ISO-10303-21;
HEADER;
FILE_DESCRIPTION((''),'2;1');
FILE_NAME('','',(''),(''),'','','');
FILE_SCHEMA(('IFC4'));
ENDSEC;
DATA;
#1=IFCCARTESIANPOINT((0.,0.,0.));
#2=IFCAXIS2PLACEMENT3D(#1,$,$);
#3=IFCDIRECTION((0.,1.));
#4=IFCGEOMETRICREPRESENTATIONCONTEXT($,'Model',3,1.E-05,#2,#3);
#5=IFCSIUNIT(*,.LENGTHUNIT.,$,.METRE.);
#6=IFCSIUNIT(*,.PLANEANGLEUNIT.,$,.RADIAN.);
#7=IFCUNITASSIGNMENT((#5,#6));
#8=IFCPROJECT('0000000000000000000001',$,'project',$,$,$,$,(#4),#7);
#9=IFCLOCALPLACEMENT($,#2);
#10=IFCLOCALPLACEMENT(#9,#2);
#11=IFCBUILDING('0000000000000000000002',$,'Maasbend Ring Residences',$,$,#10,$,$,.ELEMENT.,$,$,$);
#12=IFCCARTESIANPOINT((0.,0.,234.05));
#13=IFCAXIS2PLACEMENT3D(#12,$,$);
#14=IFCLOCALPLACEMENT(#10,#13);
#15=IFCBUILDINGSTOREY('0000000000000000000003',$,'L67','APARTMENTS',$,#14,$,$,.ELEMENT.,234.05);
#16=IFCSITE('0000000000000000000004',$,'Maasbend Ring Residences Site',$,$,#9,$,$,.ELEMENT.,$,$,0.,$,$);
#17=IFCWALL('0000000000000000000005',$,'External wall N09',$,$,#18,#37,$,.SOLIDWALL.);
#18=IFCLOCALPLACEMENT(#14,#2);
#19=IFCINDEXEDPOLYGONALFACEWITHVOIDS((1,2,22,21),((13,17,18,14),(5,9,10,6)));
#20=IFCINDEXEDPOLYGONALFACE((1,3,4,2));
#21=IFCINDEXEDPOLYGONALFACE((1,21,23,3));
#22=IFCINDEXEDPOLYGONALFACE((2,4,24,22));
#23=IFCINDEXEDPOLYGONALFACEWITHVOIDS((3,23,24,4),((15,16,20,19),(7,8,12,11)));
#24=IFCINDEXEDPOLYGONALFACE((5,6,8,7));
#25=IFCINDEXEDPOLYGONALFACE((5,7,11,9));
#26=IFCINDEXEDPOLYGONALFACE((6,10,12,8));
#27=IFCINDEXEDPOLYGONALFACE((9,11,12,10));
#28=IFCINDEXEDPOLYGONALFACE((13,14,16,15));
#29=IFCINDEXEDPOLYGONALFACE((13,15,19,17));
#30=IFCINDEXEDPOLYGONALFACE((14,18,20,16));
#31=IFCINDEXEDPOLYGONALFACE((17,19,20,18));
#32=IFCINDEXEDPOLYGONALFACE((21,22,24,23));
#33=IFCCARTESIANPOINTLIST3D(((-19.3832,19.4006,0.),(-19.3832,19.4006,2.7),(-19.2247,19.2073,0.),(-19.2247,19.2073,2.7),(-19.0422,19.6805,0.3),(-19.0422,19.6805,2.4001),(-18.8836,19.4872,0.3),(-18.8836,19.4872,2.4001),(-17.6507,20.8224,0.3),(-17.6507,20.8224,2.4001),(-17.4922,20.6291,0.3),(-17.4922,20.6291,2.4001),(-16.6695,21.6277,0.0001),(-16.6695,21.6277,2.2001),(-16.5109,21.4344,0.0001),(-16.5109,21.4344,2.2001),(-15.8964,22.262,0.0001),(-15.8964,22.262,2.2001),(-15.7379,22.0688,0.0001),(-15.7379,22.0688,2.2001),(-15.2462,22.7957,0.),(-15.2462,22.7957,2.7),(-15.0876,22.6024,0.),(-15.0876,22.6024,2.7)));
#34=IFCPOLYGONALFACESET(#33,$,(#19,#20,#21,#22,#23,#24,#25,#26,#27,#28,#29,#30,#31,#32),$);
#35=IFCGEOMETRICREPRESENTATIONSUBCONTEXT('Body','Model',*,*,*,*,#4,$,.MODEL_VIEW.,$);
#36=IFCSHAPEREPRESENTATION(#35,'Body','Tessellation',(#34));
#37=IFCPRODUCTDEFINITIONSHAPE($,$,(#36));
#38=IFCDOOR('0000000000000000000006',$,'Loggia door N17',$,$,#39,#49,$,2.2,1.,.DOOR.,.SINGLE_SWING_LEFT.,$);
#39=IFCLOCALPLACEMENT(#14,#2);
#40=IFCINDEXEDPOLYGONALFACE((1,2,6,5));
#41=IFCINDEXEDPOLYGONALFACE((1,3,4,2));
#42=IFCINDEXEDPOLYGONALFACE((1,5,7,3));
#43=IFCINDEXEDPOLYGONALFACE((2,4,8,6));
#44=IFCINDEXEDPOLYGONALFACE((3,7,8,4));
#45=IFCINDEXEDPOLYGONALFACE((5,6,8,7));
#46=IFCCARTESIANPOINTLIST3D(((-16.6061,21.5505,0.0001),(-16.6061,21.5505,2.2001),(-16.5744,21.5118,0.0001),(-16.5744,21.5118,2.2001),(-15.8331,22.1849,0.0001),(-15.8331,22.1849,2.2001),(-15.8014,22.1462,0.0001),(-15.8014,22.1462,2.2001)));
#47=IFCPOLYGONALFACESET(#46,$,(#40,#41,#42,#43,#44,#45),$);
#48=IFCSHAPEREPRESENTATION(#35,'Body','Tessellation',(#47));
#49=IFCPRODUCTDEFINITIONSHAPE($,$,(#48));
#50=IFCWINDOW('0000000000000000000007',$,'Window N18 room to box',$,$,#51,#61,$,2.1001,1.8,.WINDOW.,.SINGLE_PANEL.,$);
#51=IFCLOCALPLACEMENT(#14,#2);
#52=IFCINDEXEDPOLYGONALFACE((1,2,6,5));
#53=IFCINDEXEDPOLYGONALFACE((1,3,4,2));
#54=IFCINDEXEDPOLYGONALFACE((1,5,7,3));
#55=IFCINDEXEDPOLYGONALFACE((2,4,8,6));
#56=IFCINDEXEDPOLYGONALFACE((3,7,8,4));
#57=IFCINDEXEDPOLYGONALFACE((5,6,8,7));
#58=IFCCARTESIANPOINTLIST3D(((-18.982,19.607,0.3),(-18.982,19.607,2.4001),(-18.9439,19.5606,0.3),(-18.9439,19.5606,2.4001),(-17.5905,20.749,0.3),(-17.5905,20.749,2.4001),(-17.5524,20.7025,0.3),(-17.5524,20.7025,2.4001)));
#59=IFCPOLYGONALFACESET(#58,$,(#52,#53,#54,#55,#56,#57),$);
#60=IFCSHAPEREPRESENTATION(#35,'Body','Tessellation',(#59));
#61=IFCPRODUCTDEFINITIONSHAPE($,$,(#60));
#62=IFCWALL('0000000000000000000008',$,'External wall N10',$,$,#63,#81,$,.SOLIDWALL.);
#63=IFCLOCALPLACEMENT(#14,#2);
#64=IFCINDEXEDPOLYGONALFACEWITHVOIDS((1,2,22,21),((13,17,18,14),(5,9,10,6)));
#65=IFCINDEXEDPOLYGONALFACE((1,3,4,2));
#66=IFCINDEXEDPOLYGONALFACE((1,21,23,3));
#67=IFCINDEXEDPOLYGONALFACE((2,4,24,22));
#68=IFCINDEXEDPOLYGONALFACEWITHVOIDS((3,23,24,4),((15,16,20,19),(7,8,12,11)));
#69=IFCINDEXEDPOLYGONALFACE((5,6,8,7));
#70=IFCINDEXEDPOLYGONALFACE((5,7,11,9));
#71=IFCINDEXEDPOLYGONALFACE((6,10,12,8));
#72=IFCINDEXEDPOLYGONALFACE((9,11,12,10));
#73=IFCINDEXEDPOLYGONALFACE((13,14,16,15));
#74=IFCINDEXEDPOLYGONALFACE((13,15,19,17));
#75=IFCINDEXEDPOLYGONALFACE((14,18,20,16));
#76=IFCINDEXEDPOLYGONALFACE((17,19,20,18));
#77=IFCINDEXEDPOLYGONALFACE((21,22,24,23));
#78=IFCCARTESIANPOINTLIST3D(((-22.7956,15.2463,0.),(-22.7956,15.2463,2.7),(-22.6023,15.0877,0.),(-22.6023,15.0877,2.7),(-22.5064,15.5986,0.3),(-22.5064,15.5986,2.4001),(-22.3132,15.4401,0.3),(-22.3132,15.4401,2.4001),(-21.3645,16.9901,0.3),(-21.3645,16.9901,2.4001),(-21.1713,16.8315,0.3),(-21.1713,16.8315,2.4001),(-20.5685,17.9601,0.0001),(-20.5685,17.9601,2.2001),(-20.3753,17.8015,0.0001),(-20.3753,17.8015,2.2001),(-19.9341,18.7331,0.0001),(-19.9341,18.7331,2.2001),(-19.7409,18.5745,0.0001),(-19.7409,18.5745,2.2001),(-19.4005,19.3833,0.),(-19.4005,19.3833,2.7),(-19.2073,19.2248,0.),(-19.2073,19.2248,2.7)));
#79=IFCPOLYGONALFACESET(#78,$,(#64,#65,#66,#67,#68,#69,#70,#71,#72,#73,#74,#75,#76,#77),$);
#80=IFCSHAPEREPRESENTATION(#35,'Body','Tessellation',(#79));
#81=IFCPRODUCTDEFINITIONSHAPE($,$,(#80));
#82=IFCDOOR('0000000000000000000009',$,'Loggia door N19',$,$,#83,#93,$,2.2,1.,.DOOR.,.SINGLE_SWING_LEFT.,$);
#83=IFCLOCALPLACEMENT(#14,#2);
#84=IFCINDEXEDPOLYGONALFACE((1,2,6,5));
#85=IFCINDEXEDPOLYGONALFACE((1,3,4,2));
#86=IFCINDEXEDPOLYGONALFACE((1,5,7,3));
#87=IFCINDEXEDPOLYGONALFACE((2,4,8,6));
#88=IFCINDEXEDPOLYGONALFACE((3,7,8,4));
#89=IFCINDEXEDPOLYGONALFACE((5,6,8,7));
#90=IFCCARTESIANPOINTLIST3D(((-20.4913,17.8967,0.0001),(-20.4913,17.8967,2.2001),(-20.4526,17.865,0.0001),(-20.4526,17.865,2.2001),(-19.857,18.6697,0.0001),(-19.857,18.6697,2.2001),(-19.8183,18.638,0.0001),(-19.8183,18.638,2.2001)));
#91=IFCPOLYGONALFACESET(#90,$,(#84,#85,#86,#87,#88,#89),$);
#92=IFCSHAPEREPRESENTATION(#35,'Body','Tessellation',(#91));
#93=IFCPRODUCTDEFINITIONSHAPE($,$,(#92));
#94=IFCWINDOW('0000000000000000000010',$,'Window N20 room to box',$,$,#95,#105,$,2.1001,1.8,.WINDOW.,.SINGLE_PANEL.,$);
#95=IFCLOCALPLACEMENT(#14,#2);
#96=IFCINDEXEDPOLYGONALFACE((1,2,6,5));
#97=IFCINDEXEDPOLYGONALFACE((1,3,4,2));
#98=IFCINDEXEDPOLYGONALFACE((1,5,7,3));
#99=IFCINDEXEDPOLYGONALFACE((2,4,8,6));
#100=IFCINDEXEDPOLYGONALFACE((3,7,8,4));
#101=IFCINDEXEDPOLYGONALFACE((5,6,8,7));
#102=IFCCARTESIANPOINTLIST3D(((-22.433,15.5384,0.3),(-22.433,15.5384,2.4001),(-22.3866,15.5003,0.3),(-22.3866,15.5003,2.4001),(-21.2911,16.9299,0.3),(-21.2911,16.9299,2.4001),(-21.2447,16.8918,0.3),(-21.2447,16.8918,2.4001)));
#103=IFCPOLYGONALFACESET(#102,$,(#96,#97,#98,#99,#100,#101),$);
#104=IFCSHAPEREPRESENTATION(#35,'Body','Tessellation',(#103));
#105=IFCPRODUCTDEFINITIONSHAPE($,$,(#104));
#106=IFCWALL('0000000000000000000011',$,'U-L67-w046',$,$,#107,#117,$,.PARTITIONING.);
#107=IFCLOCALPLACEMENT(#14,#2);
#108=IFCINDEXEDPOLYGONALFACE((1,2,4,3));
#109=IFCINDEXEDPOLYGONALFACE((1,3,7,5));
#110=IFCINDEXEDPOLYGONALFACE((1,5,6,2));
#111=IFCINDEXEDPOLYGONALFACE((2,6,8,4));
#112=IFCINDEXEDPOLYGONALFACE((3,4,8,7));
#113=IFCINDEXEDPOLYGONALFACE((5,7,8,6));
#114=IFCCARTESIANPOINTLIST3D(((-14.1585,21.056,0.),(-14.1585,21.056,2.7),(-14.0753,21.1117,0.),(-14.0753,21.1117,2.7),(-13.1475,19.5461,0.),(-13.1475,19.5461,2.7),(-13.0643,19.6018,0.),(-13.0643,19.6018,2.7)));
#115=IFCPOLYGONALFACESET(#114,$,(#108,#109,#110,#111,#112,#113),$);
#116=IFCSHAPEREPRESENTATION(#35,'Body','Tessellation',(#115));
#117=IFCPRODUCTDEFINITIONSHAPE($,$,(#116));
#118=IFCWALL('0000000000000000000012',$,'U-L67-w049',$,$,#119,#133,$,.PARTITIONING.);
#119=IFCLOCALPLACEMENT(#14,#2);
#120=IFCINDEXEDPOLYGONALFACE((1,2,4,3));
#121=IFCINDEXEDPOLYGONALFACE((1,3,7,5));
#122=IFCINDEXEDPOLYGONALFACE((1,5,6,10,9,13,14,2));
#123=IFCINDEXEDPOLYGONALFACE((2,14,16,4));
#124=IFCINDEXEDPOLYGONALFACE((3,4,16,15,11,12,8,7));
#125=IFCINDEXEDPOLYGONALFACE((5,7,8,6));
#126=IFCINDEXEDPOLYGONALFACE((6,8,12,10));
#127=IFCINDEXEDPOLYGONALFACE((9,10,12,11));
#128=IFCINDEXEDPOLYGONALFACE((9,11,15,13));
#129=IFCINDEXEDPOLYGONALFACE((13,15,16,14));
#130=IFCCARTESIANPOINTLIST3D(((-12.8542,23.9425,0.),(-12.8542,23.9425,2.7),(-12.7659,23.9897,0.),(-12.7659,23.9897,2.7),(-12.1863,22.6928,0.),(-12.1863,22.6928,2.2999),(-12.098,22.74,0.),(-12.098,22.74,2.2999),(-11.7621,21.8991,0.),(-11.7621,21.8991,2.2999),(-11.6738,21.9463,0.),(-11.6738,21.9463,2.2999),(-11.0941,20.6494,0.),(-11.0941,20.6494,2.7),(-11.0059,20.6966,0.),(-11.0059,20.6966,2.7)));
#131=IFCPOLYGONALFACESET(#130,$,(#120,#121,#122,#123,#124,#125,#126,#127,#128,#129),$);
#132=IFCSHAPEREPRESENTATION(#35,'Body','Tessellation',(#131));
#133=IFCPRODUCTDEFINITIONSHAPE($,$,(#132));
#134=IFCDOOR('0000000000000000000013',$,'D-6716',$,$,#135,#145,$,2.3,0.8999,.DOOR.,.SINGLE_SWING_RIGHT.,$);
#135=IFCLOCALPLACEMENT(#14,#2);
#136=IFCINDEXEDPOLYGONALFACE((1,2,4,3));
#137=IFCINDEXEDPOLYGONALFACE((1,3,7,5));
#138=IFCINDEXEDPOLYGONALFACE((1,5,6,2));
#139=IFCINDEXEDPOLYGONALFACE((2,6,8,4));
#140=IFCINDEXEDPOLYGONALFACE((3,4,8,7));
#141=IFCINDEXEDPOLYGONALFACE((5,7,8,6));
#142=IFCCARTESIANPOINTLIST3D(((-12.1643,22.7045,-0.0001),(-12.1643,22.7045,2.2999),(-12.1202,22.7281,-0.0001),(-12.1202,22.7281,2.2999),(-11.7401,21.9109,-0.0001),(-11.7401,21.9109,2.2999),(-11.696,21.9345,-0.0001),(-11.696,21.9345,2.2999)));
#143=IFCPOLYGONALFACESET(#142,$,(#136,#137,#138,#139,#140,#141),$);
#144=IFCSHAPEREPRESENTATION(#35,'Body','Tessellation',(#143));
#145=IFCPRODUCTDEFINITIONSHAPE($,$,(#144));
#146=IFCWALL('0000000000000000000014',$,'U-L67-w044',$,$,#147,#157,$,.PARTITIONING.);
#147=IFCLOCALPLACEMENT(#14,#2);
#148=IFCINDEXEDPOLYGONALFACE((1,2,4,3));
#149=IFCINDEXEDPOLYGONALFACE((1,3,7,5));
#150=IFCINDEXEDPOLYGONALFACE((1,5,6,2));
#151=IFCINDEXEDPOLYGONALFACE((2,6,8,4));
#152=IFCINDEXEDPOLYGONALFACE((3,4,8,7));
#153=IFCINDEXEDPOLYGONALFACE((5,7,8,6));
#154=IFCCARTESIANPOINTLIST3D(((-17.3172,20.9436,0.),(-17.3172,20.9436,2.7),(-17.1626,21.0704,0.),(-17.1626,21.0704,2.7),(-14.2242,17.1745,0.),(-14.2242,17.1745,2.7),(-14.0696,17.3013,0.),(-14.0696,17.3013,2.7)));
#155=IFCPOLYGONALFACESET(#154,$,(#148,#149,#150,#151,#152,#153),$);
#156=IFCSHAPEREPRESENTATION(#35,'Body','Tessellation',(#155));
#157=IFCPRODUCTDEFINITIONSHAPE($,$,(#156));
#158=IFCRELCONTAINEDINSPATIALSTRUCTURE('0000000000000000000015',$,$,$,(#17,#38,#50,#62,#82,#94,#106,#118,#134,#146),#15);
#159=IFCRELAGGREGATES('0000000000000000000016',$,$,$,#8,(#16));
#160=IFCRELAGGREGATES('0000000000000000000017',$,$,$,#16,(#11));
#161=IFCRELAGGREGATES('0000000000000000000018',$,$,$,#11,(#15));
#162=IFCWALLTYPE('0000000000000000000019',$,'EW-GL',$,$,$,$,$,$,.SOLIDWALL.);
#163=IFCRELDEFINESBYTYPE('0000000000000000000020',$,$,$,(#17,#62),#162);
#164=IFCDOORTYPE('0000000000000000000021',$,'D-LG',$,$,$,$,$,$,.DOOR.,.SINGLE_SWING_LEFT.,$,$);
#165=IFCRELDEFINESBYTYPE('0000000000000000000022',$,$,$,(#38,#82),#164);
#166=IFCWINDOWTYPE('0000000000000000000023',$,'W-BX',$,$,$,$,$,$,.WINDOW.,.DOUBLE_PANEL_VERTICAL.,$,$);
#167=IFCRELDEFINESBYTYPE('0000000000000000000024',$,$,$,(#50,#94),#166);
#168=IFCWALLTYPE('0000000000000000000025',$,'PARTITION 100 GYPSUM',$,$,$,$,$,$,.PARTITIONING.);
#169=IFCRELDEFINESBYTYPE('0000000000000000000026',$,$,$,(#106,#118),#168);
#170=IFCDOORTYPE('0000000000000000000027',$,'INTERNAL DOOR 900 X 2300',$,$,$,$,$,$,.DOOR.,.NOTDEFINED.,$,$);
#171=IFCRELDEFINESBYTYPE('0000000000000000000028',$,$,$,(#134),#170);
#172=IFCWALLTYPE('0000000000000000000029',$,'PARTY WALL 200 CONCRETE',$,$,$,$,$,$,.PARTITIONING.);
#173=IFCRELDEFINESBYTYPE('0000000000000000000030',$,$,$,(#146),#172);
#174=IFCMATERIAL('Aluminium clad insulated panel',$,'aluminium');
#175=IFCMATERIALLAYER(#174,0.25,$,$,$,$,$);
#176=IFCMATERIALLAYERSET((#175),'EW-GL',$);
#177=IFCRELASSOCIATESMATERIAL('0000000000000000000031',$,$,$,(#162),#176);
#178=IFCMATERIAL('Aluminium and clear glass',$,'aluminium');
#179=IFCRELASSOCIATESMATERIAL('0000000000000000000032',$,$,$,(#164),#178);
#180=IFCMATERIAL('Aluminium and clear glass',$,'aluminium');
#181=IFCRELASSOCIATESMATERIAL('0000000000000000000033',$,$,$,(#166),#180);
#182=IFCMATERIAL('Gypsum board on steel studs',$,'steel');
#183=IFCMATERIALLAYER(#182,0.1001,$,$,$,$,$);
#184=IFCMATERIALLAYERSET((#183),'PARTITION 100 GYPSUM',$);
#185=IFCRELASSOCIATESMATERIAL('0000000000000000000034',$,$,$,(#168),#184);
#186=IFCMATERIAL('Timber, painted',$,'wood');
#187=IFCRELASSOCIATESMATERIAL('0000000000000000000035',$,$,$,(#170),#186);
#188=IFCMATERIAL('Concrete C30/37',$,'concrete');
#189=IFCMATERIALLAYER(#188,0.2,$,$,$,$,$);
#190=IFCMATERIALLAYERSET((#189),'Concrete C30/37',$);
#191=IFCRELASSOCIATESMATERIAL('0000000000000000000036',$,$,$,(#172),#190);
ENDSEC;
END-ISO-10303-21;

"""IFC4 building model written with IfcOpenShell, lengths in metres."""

from ifc_helpers import new_model, si_unit, direction, frame, frame_2d, origin, place, context, subcontext, project, spatial, rectangle, extrude, material, layer, layer_set, type_object, element, fill, save


model = new_model("IFC4")

# Units and contexts
model_context = context("Model", 3, precision=1e-05, world=origin(), true_north=direction((0.0, 1.0)))
body_context = subcontext(model_context, "Body", "Model", "MODEL_VIEW")
ifc_project = project(units=[si_unit("LENGTHUNIT", "METRE"), si_unit("PLANEANGLEUNIT", "RADIAN")], contexts=[model_context])

# Site, building, storey
site_placement = place(None, origin())
site = spatial("IfcSite", under=ifc_project, at=site_placement, Name="Maasbend Ring Residences Site", CompositionType="ELEMENT", RefElevation=0.0)
building_placement = place(site_placement, origin())
building = spatial("IfcBuilding", under=site, at=building_placement, Name="Maasbend Ring Residences", CompositionType="ELEMENT")
storey_placement = place(building_placement, frame((0.0, 0.0, 234.05)))
storey = spatial("IfcBuildingStorey", under=building, at=storey_placement, Name="L67", Description="APARTMENTS", CompositionType="ELEMENT", Elevation=234.05)

# Walls, openings, doors, windows
ifc_material_1 = material(Name="Aluminium clad insulated panel", Category="aluminium")
ifc_layer_1 = layer(ifc_material_1, 0.25)
ifc_layer_set_1 = layer_set([ifc_layer_1], Name="EW-GL")
wall_type_1 = type_object("IfcWallType", Name="EW-GL", PredefinedType="SOLIDWALL", material=ifc_layer_set_1)
wall_1_placement = place(storey_placement, frame((-15.167, 22.699, 0.0), z_axis=(0.0, 0.0, 1.0), x_axis=(-0.773019, -0.634382, 0.0)))
wall_1 = element("IfcWall", 1, at=wall_1_placement, inside=storey, type_object=wall_type_1, Name="External wall N09", PredefinedType="SOLIDWALL", context=body_context, shape_type="SweptSolid", body=[
    extrude(rectangle(XDim=5.3518, YDim=0.25, at=frame_2d((2.6758, 0.0))), origin(), (0.0, 0.0, 1.0), 2.7),
])
opening_1_placement = place(wall_1_placement, frame((0.8411, 0.0, 0.0)))
opening_1 = element("IfcOpeningElement", 2, at=opening_1_placement, cuts=wall_1, PredefinedType="OPENING", context=body_context, shape_type="SweptSolid", body=[
    extrude(rectangle(XDim=1.0, YDim=2.2, at=frame_2d((0.5, 1.1001))), frame((0.0, 0.135, 0.0), z_axis=(0.0, -1.0, 0.0), x_axis=(1.0, 0.0, 0.0)), (0.0, 0.0, 1.0), 0.27),
])
opening_2_placement = place(wall_1_placement, frame((3.1106, 0.0, 0.3)))
opening_2 = element("IfcOpeningElement", 3, at=opening_2_placement, cuts=wall_1, PredefinedType="OPENING", context=body_context, shape_type="SweptSolid", body=[
    extrude(rectangle(XDim=1.8, YDim=2.1001, at=frame_2d((0.8999, 1.05))), frame((0.0, 0.135, 0.0), z_axis=(0.0, -1.0, 0.0), x_axis=(1.0, 0.0, 0.0)), (0.0, 0.0, 1.0), 0.27),
])
ifc_material_2 = material(Name="Aluminium and clear glass", Category="aluminium")
door_type_1 = type_object("IfcDoorType", Name="D-LG", OperationType="SINGLE_SWING_LEFT", PredefinedType="DOOR", material=ifc_material_2)
door_1_placement = place(opening_1_placement, origin())
door_1 = element("IfcDoor", 4, at=door_1_placement, inside=storey, type_object=door_type_1, Name="Loggia door N17", OperationType="SINGLE_SWING_LEFT", OverallHeight=2.2, OverallWidth=1.0, PredefinedType="DOOR", context=body_context, shape_type="SweptSolid", body=[
    extrude(rectangle(XDim=1.0, YDim=2.2, at=frame_2d((0.5, 1.1001))), frame((0.0, 0.0249, 0.0), z_axis=(0.0, -1.0, 0.0), x_axis=(1.0, 0.0, 0.0)), (0.0, 0.0, 1.0), 0.05),
])
fill(opening_1, door_1)
ifc_material_3 = material(Name="Aluminium and clear glass", Category="aluminium")
window_type_1 = type_object("IfcWindowType", Name="W-BX", PartitioningType="DOUBLE_PANEL_VERTICAL", PredefinedType="WINDOW", material=ifc_material_3)
window_1_placement = place(opening_2_placement, origin())
window_1 = element("IfcWindow", 5, at=window_1_placement, inside=storey, type_object=window_type_1, Name="Window N18 room to box", OverallHeight=2.1001, OverallWidth=1.8, PartitioningType="SINGLE_PANEL", PredefinedType="WINDOW", context=body_context, shape_type="SweptSolid", body=[
    extrude(rectangle(XDim=1.8, YDim=2.1001, at=frame_2d((0.8999, 1.05))), frame((0.0, 0.03, 0.0), z_axis=(0.0, -1.0, 0.0), x_axis=(1.0, 0.0, 0.0)), (0.0, 0.0, 1.0), 0.0601),
])
fill(opening_2, window_1)
wall_2_placement = place(storey_placement, frame((-19.304, 19.304, 0.0), z_axis=(0.0, 0.0, 1.0), x_axis=(-0.634382, -0.773019, 0.0)))
wall_2 = element("IfcWall", 6, at=wall_2_placement, inside=storey, type_object=wall_type_1, Name="External wall N10", PredefinedType="SOLIDWALL", context=body_context, shape_type="SweptSolid", body=[
    extrude(rectangle(XDim=5.3518, YDim=0.25, at=frame_2d((2.6758, 0.0))), origin(), (0.0, 0.0, 1.0), 2.7),
])
opening_3_placement = place(wall_2_placement, frame((0.8411, 0.0, 0.0)))
opening_3 = element("IfcOpeningElement", 7, at=opening_3_placement, cuts=wall_2, PredefinedType="OPENING", context=body_context, shape_type="SweptSolid", body=[
    extrude(rectangle(XDim=1.0, YDim=2.2, at=frame_2d((0.5, 1.1001))), frame((0.0, 0.135, 0.0), z_axis=(0.0, -1.0, 0.0), x_axis=(1.0, 0.0, 0.0)), (0.0, 0.0, 1.0), 0.27),
])
opening_4_placement = place(wall_2_placement, frame((3.0959, 0.0, 0.3)))
opening_4 = element("IfcOpeningElement", 8, at=opening_4_placement, cuts=wall_2, PredefinedType="OPENING", context=body_context, shape_type="SweptSolid", body=[
    extrude(rectangle(XDim=1.8, YDim=2.1001, at=frame_2d((0.8999, 1.05))), frame((0.0, 0.135, 0.0), z_axis=(0.0, -1.0, 0.0), x_axis=(1.0, 0.0, 0.0)), (0.0, 0.0, 1.0), 0.27),
])
door_2_placement = place(opening_3_placement, origin())
door_2 = element("IfcDoor", 9, at=door_2_placement, inside=storey, type_object=door_type_1, Name="Loggia door N19", OperationType="SINGLE_SWING_LEFT", OverallHeight=2.2, OverallWidth=1.0, PredefinedType="DOOR", context=body_context, shape_type="SweptSolid", body=[
    extrude(rectangle(XDim=1.0, YDim=2.2, at=frame_2d((0.5, 1.1001))), frame((0.0, 0.0249, 0.0), z_axis=(0.0, -1.0, 0.0), x_axis=(1.0, 0.0, 0.0)), (0.0, 0.0, 1.0), 0.05),
])
fill(opening_3, door_2)
window_2_placement = place(opening_4_placement, origin())
window_2 = element("IfcWindow", 10, at=window_2_placement, inside=storey, type_object=window_type_1, Name="Window N20 room to box", OverallHeight=2.1001, OverallWidth=1.8, PartitioningType="SINGLE_PANEL", PredefinedType="WINDOW", context=body_context, shape_type="SweptSolid", body=[
    extrude(rectangle(XDim=1.8, YDim=2.1001, at=frame_2d((0.8999, 1.05))), frame((0.0, 0.03, 0.0), z_axis=(0.0, -1.0, 0.0), x_axis=(1.0, 0.0, 0.0)), (0.0, 0.0, 1.0), 0.0601),
])
fill(opening_4, window_2)

# Wall
ifc_material_4 = material(Name="Gypsum board on steel studs", Category="steel")
ifc_layer_2 = layer(ifc_material_4, 0.1001)
ifc_layer_set_2 = layer_set([ifc_layer_2], Name="PARTITION 100 GYPSUM")
wall_type_2 = type_object("IfcWallType", Name="PARTITION 100 GYPSUM", PredefinedType="PARTITIONING", material=ifc_layer_set_2)
wall_3_placement = place(storey_placement, frame((-14.1169, 21.084, 0.0), z_axis=(0.0, 0.0, 1.0), x_axis=(0.556342, -0.830953, 0.0)))
element("IfcWall", 11, at=wall_3_placement, inside=storey, type_object=wall_type_2, Name="U-L67-w046", PredefinedType="PARTITIONING", context=body_context, shape_type="SweptSolid", body=[
    extrude(rectangle(XDim=1.8171, YDim=0.1001, at=frame_2d((0.9087, 0.0))), origin(), (0.0, 0.0, 1.0), 2.7),
])

# Wall, opening, door
wall_4_placement = place(storey_placement, frame((-12.8101, 23.9661, 0.0), z_axis=(0.0, 0.0, 1.0), x_axis=(0.471372, -0.881934, 0.0)))
wall_4 = element("IfcWall", 12, at=wall_4_placement, inside=storey, type_object=wall_type_2, Name="U-L67-w049", PredefinedType="PARTITIONING", context=body_context, shape_type="SweptSolid", body=[
    extrude(rectangle(XDim=3.7339, YDim=0.1001, at=frame_2d((1.8669, 0.0))), origin(), (0.0, 0.0, 1.0), 2.7),
])
opening_5_placement = place(wall_4_placement, frame((1.417, 0.0, 0.0)))
opening_5 = element("IfcOpeningElement", 13, at=opening_5_placement, cuts=wall_4, PredefinedType="OPENING", context=body_context, shape_type="SweptSolid", body=[
    extrude(rectangle(XDim=0.8999, YDim=2.3, at=frame_2d((0.45, 1.1499))), frame((0.0, 0.0601, 0.0), z_axis=(0.0, -1.0, 0.0), x_axis=(1.0, 0.0, 0.0)), (0.0, 0.0, 1.0), 0.1201),
])
ifc_material_5 = material(Name="Timber, painted", Category="wood")
door_type_2 = type_object("IfcDoorType", Name="INTERNAL DOOR 900 X 2300", OperationType="NOTDEFINED", PredefinedType="DOOR", material=ifc_material_5)
door_3_placement = place(opening_5_placement, origin())
door_3 = element("IfcDoor", 14, at=door_3_placement, inside=storey, type_object=door_type_2, Name="D-6716", OperationType="SINGLE_SWING_RIGHT", OverallHeight=2.3, OverallWidth=0.8999, PredefinedType="DOOR", context=body_context, shape_type="SweptSolid", body=[
    extrude(rectangle(XDim=0.8999, YDim=2.3, at=frame_2d((0.45, 1.1499))), frame((0.0, 0.0249, 0.0), z_axis=(0.0, -1.0, 0.0), x_axis=(1.0, 0.0, 0.0)), (0.0, 0.0, 1.0), 0.05),
])
fill(opening_5, door_3)

# Wall
ifc_material_6 = material(Name="Concrete C30/37", Category="concrete")
ifc_layer_3 = layer(ifc_material_6, 0.2)
ifc_layer_set_3 = layer_set([ifc_layer_3], Name="Concrete C30/37")
wall_type_3 = type_object("IfcWallType", Name="PARTY WALL 200 CONCRETE", PredefinedType="PARTITIONING", material=ifc_layer_set_3)
wall_5_placement = place(storey_placement, frame((-17.24, 21.0071, 0.0), z_axis=(0.0, 0.0, 1.0), x_axis=(0.634374, -0.773026, 0.0)))
element("IfcWall", 15, at=wall_5_placement, inside=storey, type_object=wall_type_3, Name="U-L67-w044", PredefinedType="PARTITIONING", context=body_context, shape_type="SweptSolid", body=[
    extrude(rectangle(XDim=4.8757, YDim=0.2, at=frame_2d((2.438, 0.0))), origin(), (0.0, 0.0, 1.0), 2.7),
])

save(model, "model.ifc")
